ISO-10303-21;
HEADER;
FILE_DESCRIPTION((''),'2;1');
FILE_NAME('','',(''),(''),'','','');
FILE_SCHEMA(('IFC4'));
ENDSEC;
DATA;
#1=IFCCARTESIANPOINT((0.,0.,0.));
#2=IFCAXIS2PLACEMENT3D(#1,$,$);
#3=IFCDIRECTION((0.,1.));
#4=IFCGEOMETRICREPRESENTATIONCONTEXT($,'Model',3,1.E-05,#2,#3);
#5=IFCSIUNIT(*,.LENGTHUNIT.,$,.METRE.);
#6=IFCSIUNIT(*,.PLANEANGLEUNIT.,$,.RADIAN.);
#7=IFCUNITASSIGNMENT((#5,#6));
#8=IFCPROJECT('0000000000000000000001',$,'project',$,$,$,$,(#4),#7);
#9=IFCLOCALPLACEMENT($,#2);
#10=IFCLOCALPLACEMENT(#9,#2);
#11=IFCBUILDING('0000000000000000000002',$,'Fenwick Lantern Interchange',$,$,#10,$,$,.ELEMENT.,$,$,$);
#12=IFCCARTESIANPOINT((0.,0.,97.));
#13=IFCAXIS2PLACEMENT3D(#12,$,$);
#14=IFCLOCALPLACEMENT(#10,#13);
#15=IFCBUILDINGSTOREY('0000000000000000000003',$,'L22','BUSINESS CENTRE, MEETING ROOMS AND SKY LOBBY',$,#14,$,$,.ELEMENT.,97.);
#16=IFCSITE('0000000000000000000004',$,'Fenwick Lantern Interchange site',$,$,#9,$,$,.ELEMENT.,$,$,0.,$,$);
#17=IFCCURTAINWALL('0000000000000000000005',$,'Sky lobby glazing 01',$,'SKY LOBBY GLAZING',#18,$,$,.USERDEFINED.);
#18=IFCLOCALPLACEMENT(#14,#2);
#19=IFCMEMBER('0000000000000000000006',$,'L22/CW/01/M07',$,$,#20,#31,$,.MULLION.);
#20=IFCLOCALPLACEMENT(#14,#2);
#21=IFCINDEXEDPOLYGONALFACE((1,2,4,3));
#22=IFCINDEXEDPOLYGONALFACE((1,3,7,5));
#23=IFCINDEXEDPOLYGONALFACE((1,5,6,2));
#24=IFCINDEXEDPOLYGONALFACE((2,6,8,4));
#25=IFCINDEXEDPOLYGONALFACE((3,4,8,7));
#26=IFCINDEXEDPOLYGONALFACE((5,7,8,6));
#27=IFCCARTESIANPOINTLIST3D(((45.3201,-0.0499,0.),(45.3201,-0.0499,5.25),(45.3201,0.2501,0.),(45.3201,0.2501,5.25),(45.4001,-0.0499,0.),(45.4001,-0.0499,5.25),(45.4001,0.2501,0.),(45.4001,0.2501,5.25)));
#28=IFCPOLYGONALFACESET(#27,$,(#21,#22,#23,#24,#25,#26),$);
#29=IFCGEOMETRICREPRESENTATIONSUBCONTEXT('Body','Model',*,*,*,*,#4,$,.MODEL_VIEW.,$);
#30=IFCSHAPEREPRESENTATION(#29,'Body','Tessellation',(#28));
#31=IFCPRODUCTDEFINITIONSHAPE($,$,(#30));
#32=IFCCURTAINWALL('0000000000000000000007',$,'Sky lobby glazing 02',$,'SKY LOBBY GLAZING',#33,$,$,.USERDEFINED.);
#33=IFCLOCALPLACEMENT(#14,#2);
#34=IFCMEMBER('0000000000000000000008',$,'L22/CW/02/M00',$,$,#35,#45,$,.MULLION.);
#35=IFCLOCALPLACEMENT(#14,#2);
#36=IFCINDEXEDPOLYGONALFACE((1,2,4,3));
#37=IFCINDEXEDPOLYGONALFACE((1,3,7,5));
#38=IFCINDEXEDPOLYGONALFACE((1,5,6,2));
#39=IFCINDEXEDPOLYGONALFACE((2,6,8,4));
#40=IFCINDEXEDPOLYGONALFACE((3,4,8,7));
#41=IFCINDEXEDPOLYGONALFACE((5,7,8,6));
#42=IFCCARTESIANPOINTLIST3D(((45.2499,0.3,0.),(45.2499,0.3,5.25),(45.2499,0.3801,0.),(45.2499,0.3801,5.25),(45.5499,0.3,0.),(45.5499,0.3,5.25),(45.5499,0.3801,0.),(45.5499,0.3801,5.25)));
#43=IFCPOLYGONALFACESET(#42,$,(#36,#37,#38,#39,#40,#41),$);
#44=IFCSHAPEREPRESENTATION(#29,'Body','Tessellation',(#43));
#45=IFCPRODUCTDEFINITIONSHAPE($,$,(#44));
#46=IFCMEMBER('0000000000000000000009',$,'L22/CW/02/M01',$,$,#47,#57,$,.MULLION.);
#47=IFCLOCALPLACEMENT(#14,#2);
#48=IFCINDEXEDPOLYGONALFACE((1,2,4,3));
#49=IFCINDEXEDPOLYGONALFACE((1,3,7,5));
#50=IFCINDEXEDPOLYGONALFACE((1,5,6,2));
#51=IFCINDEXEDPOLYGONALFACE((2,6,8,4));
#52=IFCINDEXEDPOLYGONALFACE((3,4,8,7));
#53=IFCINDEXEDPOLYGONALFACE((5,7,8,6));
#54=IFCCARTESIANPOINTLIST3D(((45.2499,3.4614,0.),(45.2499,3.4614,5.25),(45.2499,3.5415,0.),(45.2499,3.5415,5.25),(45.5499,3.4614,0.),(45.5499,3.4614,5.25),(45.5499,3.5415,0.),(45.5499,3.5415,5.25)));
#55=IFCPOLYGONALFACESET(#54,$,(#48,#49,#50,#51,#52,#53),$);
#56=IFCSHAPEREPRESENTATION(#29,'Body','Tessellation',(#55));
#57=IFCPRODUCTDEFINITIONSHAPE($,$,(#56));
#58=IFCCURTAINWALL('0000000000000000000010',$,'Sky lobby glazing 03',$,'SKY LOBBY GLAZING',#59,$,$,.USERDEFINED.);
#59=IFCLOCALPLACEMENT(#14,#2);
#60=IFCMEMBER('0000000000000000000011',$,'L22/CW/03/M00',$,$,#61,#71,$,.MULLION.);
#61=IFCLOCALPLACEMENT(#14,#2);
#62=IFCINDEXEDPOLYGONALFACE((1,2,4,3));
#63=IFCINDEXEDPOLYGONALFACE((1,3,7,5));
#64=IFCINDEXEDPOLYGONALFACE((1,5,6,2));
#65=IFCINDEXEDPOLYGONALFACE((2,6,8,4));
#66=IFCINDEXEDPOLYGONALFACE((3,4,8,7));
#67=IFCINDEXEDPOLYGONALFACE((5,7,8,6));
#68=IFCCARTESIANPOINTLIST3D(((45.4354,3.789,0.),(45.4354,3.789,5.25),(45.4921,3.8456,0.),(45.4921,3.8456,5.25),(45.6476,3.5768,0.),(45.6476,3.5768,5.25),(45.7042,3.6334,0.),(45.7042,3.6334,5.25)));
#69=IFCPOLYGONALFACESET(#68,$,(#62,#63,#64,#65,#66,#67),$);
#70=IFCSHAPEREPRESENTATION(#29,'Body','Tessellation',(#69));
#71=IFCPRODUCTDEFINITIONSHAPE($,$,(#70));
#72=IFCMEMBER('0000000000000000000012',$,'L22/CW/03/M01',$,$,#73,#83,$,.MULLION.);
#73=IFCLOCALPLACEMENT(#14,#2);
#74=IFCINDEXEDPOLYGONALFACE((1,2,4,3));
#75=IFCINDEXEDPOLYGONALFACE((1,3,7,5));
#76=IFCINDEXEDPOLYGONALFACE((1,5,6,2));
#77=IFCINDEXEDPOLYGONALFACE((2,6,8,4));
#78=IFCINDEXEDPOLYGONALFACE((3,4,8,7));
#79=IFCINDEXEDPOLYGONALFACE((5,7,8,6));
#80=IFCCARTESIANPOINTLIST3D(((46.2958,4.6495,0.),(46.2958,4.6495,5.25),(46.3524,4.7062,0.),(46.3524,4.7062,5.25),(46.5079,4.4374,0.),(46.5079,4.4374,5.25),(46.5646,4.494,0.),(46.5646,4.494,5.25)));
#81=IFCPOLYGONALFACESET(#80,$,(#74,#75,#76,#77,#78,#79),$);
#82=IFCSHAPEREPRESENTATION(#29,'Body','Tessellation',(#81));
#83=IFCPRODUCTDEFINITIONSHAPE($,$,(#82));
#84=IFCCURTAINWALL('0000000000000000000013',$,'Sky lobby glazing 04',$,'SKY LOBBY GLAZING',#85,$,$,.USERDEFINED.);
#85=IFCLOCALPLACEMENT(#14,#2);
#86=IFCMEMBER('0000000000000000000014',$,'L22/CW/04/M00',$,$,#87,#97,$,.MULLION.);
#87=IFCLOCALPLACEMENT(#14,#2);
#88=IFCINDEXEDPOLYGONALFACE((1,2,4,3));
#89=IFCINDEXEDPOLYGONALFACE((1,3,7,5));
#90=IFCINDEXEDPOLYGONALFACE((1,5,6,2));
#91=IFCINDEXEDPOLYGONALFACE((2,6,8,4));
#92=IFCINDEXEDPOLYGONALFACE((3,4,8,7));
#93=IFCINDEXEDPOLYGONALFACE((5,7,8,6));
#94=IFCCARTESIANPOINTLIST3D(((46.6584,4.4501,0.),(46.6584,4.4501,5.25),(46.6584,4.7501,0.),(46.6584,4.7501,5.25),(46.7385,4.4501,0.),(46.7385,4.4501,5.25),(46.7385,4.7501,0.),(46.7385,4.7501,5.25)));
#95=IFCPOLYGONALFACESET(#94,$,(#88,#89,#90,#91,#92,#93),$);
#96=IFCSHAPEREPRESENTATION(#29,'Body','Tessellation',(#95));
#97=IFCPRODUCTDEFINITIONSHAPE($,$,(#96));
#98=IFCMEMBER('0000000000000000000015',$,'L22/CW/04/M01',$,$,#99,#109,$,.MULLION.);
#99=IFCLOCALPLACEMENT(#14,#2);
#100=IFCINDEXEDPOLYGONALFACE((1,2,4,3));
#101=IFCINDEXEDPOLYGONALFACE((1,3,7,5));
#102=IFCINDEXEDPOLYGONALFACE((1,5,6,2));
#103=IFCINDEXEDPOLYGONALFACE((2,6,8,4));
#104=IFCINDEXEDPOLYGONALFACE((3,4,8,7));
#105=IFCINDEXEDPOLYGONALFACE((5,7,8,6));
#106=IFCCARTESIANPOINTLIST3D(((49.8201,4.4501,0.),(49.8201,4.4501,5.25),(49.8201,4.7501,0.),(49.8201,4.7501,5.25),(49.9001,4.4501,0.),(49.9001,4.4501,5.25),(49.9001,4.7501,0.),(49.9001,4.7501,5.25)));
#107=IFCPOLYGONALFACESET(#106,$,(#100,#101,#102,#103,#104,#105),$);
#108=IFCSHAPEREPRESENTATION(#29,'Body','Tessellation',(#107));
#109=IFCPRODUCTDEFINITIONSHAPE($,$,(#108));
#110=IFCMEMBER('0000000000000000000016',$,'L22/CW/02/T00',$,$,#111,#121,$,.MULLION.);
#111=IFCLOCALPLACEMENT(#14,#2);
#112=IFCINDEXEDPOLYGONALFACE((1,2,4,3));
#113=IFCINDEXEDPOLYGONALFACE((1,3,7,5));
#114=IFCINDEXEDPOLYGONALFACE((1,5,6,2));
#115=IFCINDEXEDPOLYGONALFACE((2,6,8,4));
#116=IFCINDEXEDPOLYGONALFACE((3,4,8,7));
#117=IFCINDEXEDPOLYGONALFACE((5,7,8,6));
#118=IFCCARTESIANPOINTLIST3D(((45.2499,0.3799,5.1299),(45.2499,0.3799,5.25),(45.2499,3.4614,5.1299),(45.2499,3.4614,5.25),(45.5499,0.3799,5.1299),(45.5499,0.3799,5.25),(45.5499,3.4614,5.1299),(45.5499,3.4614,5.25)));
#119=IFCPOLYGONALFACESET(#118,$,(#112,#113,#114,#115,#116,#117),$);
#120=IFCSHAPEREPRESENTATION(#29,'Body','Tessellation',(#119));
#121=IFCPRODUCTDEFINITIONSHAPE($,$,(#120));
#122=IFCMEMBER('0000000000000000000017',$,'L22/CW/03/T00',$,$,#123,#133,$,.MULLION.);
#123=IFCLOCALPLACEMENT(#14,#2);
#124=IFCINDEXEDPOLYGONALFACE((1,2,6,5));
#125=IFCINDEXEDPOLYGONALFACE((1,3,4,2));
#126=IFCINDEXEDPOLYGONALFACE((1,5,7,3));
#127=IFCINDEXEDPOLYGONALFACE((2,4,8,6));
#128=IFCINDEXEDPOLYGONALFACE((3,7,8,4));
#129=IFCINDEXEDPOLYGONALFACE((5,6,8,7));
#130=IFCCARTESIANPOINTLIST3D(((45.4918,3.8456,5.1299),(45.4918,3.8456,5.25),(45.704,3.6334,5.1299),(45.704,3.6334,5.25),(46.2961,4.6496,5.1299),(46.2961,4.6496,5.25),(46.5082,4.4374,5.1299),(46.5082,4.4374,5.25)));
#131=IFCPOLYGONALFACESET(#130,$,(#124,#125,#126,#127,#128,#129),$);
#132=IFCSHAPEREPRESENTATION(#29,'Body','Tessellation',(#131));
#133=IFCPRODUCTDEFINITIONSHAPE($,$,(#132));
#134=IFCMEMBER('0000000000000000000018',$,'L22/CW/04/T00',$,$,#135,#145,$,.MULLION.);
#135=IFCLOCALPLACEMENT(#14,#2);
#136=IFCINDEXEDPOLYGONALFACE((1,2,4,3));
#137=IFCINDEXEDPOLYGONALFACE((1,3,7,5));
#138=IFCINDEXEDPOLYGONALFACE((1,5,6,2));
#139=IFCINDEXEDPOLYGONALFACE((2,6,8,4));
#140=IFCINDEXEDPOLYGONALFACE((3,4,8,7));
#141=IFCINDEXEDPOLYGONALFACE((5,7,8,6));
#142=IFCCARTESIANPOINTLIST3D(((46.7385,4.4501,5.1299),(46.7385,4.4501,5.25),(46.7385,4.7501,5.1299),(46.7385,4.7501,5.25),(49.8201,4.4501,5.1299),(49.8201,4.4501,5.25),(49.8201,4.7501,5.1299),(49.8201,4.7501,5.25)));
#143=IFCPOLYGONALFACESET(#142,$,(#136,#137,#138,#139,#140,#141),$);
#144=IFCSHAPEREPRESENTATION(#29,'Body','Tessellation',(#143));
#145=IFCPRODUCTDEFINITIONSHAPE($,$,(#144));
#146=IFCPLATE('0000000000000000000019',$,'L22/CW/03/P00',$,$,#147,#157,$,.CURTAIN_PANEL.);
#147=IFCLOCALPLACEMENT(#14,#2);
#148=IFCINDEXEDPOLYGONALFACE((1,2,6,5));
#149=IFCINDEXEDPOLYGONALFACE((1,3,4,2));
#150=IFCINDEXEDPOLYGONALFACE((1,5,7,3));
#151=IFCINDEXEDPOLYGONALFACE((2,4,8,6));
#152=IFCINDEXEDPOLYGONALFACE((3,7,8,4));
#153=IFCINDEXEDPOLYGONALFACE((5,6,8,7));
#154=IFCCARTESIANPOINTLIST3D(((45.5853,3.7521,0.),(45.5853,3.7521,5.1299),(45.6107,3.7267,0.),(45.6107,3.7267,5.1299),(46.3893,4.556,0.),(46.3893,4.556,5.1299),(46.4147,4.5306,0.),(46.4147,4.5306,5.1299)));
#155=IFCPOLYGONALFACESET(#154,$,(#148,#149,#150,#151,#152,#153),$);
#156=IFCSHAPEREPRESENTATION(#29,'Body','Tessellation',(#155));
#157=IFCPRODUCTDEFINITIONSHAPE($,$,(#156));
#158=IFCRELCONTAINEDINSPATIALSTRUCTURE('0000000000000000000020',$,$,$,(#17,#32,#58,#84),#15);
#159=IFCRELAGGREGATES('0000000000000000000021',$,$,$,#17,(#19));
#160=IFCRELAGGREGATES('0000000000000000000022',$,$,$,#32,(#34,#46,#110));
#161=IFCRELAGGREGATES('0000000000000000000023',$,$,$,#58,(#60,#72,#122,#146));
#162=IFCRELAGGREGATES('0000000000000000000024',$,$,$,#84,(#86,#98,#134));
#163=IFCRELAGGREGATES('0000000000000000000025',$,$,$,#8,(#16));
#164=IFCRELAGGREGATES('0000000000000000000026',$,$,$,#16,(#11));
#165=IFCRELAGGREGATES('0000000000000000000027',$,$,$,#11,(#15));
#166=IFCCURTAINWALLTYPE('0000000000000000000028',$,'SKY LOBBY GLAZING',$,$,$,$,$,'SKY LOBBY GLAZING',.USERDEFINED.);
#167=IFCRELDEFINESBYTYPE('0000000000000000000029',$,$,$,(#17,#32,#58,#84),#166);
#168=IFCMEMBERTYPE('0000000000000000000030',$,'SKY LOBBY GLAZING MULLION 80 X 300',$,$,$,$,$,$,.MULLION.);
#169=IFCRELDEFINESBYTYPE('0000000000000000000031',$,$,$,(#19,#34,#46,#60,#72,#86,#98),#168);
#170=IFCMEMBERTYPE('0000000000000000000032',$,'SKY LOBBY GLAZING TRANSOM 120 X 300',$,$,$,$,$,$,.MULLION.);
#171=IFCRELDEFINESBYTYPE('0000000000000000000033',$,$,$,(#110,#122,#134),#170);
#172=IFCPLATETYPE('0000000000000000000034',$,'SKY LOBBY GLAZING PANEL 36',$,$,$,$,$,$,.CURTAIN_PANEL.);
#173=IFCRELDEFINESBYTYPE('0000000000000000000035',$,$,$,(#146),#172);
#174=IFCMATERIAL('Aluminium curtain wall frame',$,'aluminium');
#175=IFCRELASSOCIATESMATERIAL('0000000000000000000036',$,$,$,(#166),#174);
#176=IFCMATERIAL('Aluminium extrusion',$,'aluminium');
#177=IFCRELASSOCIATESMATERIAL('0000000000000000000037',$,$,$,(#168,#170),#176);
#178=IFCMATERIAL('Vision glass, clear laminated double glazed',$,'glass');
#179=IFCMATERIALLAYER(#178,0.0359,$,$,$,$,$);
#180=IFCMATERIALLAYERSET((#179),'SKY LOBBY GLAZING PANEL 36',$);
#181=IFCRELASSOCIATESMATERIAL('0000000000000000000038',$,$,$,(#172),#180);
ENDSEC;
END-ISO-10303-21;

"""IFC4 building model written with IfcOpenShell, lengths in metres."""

from ifc_helpers import new_model, si_unit, direction, frame, origin, origin_2d, place, context, subcontext, project, spatial, rectangle, extrude, material, layer, layer_set, material_profile, profile_set, type_object, element, aggregate, save


model = new_model("IFC4")

# Units and contexts
model_context = context("Model", 3, precision=1e-05, world=origin(), true_north=direction((0.0, 1.0)))
body_context = subcontext(model_context, "Body", "Model", "MODEL_VIEW")
ifc_project = project(units=[si_unit("LENGTHUNIT", "METRE"), si_unit("PLANEANGLEUNIT", "RADIAN")], contexts=[model_context])

# Site, building, storey
site_placement = place(None, origin())
site = spatial("IfcSite", under=ifc_project, at=site_placement, Name="Fenwick Lantern Interchange site", CompositionType="ELEMENT", RefElevation=0.0)
building_placement = place(site_placement, origin())
building = spatial("IfcBuilding", under=site, at=building_placement, Name="Fenwick Lantern Interchange", CompositionType="ELEMENT")
storey_placement = place(building_placement, frame((0.0, 0.0, 97.0)))
storey = spatial("IfcBuildingStorey", under=building, at=storey_placement, Name="L22", Description="BUSINESS CENTRE, MEETING ROOMS AND SKY LOBBY", CompositionType="ELEMENT", Elevation=97.0)

# Curtain wall, member
ifc_material_1 = material(Name="Aluminium curtain wall frame", Category="aluminium")
curtain_wall_type = type_object("IfcCurtainWallType", Name="SKY LOBBY GLAZING", ElementType="SKY LOBBY GLAZING", PredefinedType="USERDEFINED", material=ifc_material_1)
curtain_wall_1_placement = place(storey_placement, origin())
curtain_wall_1 = element("IfcCurtainWall", 1, at=curtain_wall_1_placement, inside=storey, type_object=curtain_wall_type, Name="Sky lobby glazing 01", ObjectType="SKY LOBBY GLAZING", PredefinedType="USERDEFINED")
ifc_material_2 = material(Name="Aluminium extrusion", Category="aluminium")
ifc_material_profile_1 = material_profile(ifc_material_2, rectangle(XDim=0.3, YDim=0.0801, at=origin_2d()), Name="SKY LOBBY GLAZING MULLION 80 X 300")
ifc_profile_set_1 = profile_set([ifc_material_profile_1], Name="Aluminium extrusion")
member_type_1 = type_object("IfcMemberType", Name="SKY LOBBY GLAZING MULLION 80 X 300", PredefinedType="MULLION", material=ifc_profile_set_1)
member_1_placement = place(storey_placement, frame((45.3601, 0.1001, 0.0), z_axis=(0.0, 0.0, 1.0), x_axis=(0.0, 1.0, 0.0)))
member_1 = element("IfcMember", 2, at=member_1_placement, type_object=member_type_1, Name="L22/CW/01/M07", PredefinedType="MULLION", context=body_context, shape_type="SweptSolid", body=[
    extrude(rectangle(XDim=0.3, YDim=0.0801, at=origin_2d()), origin(), (0.0, 0.0, 1.0), 5.25),
])
aggregate(curtain_wall_1, [member_1])

# Curtain walls, members
curtain_wall_2_placement = place(storey_placement, origin())
curtain_wall_2 = element("IfcCurtainWall", 3, at=curtain_wall_2_placement, inside=storey, type_object=curtain_wall_type, Name="Sky lobby glazing 02", ObjectType="SKY LOBBY GLAZING", PredefinedType="USERDEFINED")
member_2_placement = place(storey_placement, frame((45.3999, 0.3401, 0.0), z_axis=(0.0, 0.0, 1.0), x_axis=(-1.0, 0.0, 0.0)))
member_2 = element("IfcMember", 4, at=member_2_placement, type_object=member_type_1, Name="L22/CW/02/M00", PredefinedType="MULLION", context=body_context, shape_type="SweptSolid", body=[
    extrude(rectangle(XDim=0.3, YDim=0.0801, at=origin_2d()), origin(), (0.0, 0.0, 1.0), 5.25),
])
member_3_placement = place(storey_placement, frame((45.3999, 3.5015, 0.0), z_axis=(0.0, 0.0, 1.0), x_axis=(-1.0, 0.0, 0.0)))
member_3 = element("IfcMember", 5, at=member_3_placement, type_object=member_type_1, Name="L22/CW/02/M01", PredefinedType="MULLION", context=body_context, shape_type="SweptSolid", body=[
    extrude(rectangle(XDim=0.3, YDim=0.0801, at=origin_2d()), origin(), (0.0, 0.0, 1.0), 5.25),
])
curtain_wall_3_placement = place(storey_placement, origin())
curtain_wall_3 = element("IfcCurtainWall", 6, at=curtain_wall_3_placement, inside=storey, type_object=curtain_wall_type, Name="Sky lobby glazing 03", ObjectType="SKY LOBBY GLAZING", PredefinedType="USERDEFINED")
member_4_placement = place(storey_placement, frame((45.5698, 3.7112, 0.0), z_axis=(0.0, 0.0, 1.0), x_axis=(-0.707107, 0.707107, 0.0)))
member_4 = element("IfcMember", 7, at=member_4_placement, type_object=member_type_1, Name="L22/CW/03/M00", PredefinedType="MULLION", context=body_context, shape_type="SweptSolid", body=[
    extrude(rectangle(XDim=0.3, YDim=0.0801, at=origin_2d()), origin(), (0.0, 0.0, 1.0), 5.25),
])
member_5_placement = place(storey_placement, frame((46.4302, 4.5718, 0.0), z_axis=(0.0, 0.0, 1.0), x_axis=(-0.707107, 0.707107, 0.0)))
member_5 = element("IfcMember", 8, at=member_5_placement, type_object=member_type_1, Name="L22/CW/03/M01", PredefinedType="MULLION", context=body_context, shape_type="SweptSolid", body=[
    extrude(rectangle(XDim=0.3, YDim=0.0801, at=origin_2d()), origin(), (0.0, 0.0, 1.0), 5.25),
])
curtain_wall_4_placement = place(storey_placement, origin())
curtain_wall_4 = element("IfcCurtainWall", 9, at=curtain_wall_4_placement, inside=storey, type_object=curtain_wall_type, Name="Sky lobby glazing 04", ObjectType="SKY LOBBY GLAZING", PredefinedType="USERDEFINED")
member_6_placement = place(storey_placement, frame((46.6985, 4.6001, 0.0), z_axis=(0.0, 0.0, 1.0), x_axis=(0.0, 1.0, 0.0)))
member_6 = element("IfcMember", 10, at=member_6_placement, type_object=member_type_1, Name="L22/CW/04/M00", PredefinedType="MULLION", context=body_context, shape_type="SweptSolid", body=[
    extrude(rectangle(XDim=0.3, YDim=0.0801, at=origin_2d()), origin(), (0.0, 0.0, 1.0), 5.25),
])
member_7_placement = place(storey_placement, frame((49.8601, 4.6001, 0.0), z_axis=(0.0, 0.0, 1.0), x_axis=(0.0, 1.0, 0.0)))
member_7 = element("IfcMember", 11, at=member_7_placement, type_object=member_type_1, Name="L22/CW/04/M01", PredefinedType="MULLION", context=body_context, shape_type="SweptSolid", body=[
    extrude(rectangle(XDim=0.3, YDim=0.0801, at=origin_2d()), origin(), (0.0, 0.0, 1.0), 5.25),
])

# Members
ifc_material_profile_2 = material_profile(ifc_material_2, rectangle(XDim=0.3, YDim=0.1201, at=origin_2d()), Name="SKY LOBBY GLAZING TRANSOM 120 X 300")
ifc_profile_set_2 = profile_set([ifc_material_profile_2], Name="Aluminium extrusion")
member_type_2 = type_object("IfcMemberType", Name="SKY LOBBY GLAZING TRANSOM 120 X 300", PredefinedType="MULLION", material=ifc_profile_set_2)
member_8_placement = place(storey_placement, frame((45.3999, 0.3799, 5.1899), z_axis=(0.0, 1.0, 0.0), x_axis=(-1.0, 0.0, 0.0)))
member_8 = element("IfcMember", 12, at=member_8_placement, type_object=member_type_2, Name="L22/CW/02/T00", PredefinedType="MULLION", context=body_context, shape_type="SweptSolid", body=[
    extrude(rectangle(XDim=0.3, YDim=0.1201, at=origin_2d()), origin(), (0.0, 0.0, 1.0), 3.0815),
])
member_9_placement = place(storey_placement, frame((45.5979, 3.7395, 5.1899), z_axis=(0.707214, 0.706999, 0.0), x_axis=(-0.706999, 0.707214, 0.0)))
member_9 = element("IfcMember", 13, at=member_9_placement, type_object=member_type_2, Name="L22/CW/03/T00", PredefinedType="MULLION", context=body_context, shape_type="SweptSolid", body=[
    extrude(rectangle(XDim=0.3, YDim=0.1201, at=origin_2d()), origin(), (0.0, 0.0, 1.0), 1.1372),
])
member_10_placement = place(storey_placement, frame((46.7385, 4.6001, 5.1899), z_axis=(1.0, 0.0, 0.0), x_axis=(0.0, 1.0, 0.0)))
member_10 = element("IfcMember", 14, at=member_10_placement, type_object=member_type_2, Name="L22/CW/04/T00", PredefinedType="MULLION", context=body_context, shape_type="SweptSolid", body=[
    extrude(rectangle(XDim=0.3, YDim=0.1201, at=origin_2d()), origin(), (0.0, 0.0, 1.0), 3.0815),
])

# Plate
ifc_material_3 = material(Name="Vision glass, clear laminated double glazed", Category="glass")
ifc_layer_1 = layer(ifc_material_3, 0.0359)
ifc_layer_set_1 = layer_set([ifc_layer_1], Name="SKY LOBBY GLAZING PANEL 36")
plate_type = type_object("IfcPlateType", Name="SKY LOBBY GLAZING PANEL 36", PredefinedType="CURTAIN_PANEL", material=ifc_layer_set_1)
aggregate(curtain_wall_2, [member_2, member_3, member_8])
plate_1_placement = place(storey_placement, frame((46.0, 4.1414, 0.0), z_axis=(0.0, 0.0, 1.0), x_axis=(0.707107, 0.707107, 0.0)))
plate_1 = element("IfcPlate", 15, at=plate_1_placement, type_object=plate_type, Name="L22/CW/03/P00", PredefinedType="CURTAIN_PANEL", context=body_context, shape_type="SweptSolid", body=[
    extrude(rectangle(XDim=1.137, YDim=0.0359, at=origin_2d()), origin(), (0.0, 0.0, 1.0), 5.1299),
])
aggregate(curtain_wall_3, [member_4, member_5, member_9, plate_1])
aggregate(curtain_wall_4, [member_6, member_7, member_10])

save(model, "model.ifc")
